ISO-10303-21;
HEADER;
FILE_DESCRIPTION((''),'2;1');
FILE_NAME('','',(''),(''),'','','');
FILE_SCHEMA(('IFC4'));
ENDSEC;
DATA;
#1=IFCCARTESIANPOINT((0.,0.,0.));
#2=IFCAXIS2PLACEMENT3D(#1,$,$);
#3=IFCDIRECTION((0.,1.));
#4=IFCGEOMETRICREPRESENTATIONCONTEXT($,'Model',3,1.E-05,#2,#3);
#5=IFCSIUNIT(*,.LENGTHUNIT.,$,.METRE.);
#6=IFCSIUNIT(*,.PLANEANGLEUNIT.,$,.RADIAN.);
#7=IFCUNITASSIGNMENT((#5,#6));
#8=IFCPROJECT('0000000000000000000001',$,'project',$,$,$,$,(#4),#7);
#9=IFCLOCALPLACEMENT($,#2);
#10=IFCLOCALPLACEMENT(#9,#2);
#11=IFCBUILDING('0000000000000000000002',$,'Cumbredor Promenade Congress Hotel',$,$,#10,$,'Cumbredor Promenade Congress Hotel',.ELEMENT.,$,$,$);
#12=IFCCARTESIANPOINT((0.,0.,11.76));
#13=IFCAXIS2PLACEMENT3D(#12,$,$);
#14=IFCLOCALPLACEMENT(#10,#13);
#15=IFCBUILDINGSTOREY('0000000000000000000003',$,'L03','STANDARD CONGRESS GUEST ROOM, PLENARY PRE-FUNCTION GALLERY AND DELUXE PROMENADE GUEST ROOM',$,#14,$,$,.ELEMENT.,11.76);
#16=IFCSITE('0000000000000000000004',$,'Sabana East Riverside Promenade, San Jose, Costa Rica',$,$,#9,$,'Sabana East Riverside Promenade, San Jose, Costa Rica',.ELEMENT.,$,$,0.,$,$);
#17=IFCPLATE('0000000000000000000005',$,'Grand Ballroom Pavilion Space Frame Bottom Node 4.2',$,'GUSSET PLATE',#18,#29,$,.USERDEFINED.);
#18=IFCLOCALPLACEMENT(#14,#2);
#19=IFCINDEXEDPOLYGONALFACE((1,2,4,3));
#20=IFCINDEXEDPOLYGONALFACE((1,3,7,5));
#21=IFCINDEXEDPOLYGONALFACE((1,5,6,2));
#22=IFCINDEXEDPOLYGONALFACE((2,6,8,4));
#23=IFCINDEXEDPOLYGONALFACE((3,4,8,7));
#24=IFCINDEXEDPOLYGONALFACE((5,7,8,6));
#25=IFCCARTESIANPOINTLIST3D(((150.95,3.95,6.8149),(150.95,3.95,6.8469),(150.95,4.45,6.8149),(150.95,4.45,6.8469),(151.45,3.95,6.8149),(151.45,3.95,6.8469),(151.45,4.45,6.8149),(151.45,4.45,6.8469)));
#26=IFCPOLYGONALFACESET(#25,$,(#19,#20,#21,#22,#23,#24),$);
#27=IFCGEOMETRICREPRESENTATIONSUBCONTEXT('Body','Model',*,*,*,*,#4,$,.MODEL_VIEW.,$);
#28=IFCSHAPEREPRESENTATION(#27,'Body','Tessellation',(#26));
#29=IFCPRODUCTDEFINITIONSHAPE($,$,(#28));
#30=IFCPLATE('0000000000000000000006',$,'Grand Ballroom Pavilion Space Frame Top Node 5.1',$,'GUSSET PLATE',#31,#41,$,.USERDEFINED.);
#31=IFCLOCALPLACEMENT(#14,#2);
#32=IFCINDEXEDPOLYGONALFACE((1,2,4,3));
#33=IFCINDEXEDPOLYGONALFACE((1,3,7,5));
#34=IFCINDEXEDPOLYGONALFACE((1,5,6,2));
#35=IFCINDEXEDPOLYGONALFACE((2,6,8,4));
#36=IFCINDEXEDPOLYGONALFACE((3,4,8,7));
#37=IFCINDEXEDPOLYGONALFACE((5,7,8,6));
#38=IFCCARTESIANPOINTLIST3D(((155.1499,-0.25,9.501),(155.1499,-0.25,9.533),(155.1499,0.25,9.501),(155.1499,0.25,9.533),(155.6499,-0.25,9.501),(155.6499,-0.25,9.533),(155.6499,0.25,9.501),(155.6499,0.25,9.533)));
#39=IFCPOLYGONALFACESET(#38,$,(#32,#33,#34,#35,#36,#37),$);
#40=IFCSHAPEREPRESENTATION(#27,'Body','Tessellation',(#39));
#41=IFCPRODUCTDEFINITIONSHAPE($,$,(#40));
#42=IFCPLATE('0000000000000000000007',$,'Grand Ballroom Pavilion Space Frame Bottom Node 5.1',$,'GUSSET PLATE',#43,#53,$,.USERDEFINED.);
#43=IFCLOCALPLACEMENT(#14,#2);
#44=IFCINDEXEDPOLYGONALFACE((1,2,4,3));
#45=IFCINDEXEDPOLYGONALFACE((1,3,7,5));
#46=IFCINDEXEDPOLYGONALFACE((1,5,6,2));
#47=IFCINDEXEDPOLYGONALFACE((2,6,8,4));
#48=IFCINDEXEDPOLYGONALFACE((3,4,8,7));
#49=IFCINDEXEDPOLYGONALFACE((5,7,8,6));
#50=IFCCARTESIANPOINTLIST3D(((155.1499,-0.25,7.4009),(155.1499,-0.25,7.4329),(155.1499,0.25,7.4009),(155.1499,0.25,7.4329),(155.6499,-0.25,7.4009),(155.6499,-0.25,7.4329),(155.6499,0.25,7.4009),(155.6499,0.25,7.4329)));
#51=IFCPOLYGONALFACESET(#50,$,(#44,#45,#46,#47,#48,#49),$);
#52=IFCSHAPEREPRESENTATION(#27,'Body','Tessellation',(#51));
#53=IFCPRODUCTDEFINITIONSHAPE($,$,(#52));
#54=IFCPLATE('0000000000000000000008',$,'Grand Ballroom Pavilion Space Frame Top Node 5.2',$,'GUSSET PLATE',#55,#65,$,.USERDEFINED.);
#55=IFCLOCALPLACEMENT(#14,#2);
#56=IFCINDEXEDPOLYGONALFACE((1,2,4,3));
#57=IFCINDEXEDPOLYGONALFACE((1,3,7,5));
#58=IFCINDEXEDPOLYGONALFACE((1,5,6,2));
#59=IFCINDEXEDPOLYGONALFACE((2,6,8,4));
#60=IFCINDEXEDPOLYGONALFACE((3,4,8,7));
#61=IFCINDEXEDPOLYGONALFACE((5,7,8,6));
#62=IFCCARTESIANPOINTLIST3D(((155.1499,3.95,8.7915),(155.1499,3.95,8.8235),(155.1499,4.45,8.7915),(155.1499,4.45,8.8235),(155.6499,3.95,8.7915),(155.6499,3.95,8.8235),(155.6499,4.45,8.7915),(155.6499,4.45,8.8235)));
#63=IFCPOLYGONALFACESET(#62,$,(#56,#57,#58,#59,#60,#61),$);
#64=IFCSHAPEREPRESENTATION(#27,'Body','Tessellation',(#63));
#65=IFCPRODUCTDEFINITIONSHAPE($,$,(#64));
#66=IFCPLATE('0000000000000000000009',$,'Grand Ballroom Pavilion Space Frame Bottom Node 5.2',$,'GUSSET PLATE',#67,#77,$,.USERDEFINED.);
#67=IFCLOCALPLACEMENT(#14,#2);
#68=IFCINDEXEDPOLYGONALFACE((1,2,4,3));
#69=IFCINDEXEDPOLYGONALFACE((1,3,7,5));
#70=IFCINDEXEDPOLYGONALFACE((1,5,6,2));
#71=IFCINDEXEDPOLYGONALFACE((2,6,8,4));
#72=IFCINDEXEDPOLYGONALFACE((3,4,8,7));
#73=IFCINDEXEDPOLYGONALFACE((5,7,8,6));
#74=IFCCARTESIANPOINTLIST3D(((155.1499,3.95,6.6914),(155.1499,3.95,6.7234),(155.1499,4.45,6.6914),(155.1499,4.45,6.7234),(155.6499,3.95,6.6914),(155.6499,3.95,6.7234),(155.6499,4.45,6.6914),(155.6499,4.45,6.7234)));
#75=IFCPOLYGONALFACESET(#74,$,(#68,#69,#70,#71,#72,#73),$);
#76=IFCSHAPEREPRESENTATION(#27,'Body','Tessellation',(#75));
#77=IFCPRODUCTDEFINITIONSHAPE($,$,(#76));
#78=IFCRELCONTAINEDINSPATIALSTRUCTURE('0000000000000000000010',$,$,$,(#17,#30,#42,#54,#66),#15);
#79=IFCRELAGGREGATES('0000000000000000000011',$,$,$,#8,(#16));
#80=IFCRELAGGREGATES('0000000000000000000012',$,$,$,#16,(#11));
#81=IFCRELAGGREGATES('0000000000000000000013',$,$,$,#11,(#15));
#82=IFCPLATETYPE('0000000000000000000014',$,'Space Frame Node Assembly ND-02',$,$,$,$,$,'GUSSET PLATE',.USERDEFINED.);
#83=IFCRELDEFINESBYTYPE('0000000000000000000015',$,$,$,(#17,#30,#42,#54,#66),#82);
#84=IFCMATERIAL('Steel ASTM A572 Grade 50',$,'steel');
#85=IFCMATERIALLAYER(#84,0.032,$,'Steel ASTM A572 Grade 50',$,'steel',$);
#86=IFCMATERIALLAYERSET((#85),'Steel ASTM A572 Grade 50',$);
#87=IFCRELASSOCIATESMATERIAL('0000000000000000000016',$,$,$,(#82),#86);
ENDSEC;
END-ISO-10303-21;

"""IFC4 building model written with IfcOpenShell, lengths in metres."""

from ifc_helpers import new_model, si_unit, direction, frame, origin, origin_2d, place, context, subcontext, project, spatial, rectangle, extrude, material, layer, layer_set, type_object, element, save


model = new_model("IFC4")

# Units and contexts
model_context = context("Model", 3, precision=1e-05, world=origin(), true_north=direction((0.0, 1.0)))
body_context = subcontext(model_context, "Body", "Model", "MODEL_VIEW")
ifc_project = project(units=[si_unit("LENGTHUNIT", "METRE"), si_unit("PLANEANGLEUNIT", "RADIAN")], contexts=[model_context])

# Site, building, storey
site_placement = place(None, origin())
site = spatial("IfcSite", under=ifc_project, at=site_placement, Name="Sabana East Riverside Promenade, San Jose, Costa Rica", LongName="Sabana East Riverside Promenade, San Jose, Costa Rica", CompositionType="ELEMENT", RefElevation=0.0)
building_placement = place(site_placement, origin())
building = spatial("IfcBuilding", under=site, at=building_placement, Name="Cumbredor Promenade Congress Hotel", LongName="Cumbredor Promenade Congress Hotel", CompositionType="ELEMENT")
storey_placement = place(building_placement, frame((0.0, 0.0, 11.76)))
storey = spatial("IfcBuildingStorey", under=building, at=storey_placement, Name="L03", Description="STANDARD CONGRESS GUEST ROOM, PLENARY PRE-FUNCTION GALLERY AND DELUXE PROMENADE GUEST ROOM", CompositionType="ELEMENT", Elevation=11.76)

# Plates
ifc_material_1 = material(Name="Steel ASTM A572 Grade 50", Category="steel")
ifc_layer = layer(ifc_material_1, 0.032, Name="Steel ASTM A572 Grade 50", Category="steel")
ifc_layer_set = layer_set([ifc_layer], Name="Steel ASTM A572 Grade 50")
plate_type = type_object("IfcPlateType", Name="Space Frame Node Assembly ND-02", ElementType="GUSSET PLATE", PredefinedType="USERDEFINED", material=ifc_layer_set)
for number, where, z_axis, x_axis, name in (
    (1, (151.2, 4.2, 6.8149), (0.0, 0.0, 1.0), (1.0, 0.0, 0.0), "Grand Ballroom Pavilion Space Frame Bottom Node 4.2"),
    (2, (155.3999, 0.0, 9.501), (0.0, 0.0, 1.0), (1.0, 0.0, 0.0), "Grand Ballroom Pavilion Space Frame Top Node 5.1"),
    (3, (155.3999, 0.0, 7.4009), (0.0, 0.0, 1.0), (1.0, 0.0, 0.0), "Grand Ballroom Pavilion Space Frame Bottom Node 5.1"),
    (4, (155.3999, 4.2, 8.7915), (0.0, 0.0, 1.0), (1.0, 0.0, 0.0), "Grand Ballroom Pavilion Space Frame Top Node 5.2"),
    (5, (155.3999, 4.2, 6.6914), (0.0, 0.0, 1.0), (1.0, 0.0, 0.0), "Grand Ballroom Pavilion Space Frame Bottom Node 5.2"),
):
    element("IfcPlate", number, at=place(storey_placement, frame(where, z_axis=z_axis, x_axis=x_axis)), inside=storey, type_object=plate_type, Name=name, ObjectType="GUSSET PLATE", PredefinedType="USERDEFINED", context=body_context, shape_type="SweptSolid", body=[
        extrude(rectangle(XDim=0.5, YDim=0.5, at=origin_2d()), origin(), (0.0, 0.0, 1.0), 0.032),
    ])

save(model, "model.ifc")
